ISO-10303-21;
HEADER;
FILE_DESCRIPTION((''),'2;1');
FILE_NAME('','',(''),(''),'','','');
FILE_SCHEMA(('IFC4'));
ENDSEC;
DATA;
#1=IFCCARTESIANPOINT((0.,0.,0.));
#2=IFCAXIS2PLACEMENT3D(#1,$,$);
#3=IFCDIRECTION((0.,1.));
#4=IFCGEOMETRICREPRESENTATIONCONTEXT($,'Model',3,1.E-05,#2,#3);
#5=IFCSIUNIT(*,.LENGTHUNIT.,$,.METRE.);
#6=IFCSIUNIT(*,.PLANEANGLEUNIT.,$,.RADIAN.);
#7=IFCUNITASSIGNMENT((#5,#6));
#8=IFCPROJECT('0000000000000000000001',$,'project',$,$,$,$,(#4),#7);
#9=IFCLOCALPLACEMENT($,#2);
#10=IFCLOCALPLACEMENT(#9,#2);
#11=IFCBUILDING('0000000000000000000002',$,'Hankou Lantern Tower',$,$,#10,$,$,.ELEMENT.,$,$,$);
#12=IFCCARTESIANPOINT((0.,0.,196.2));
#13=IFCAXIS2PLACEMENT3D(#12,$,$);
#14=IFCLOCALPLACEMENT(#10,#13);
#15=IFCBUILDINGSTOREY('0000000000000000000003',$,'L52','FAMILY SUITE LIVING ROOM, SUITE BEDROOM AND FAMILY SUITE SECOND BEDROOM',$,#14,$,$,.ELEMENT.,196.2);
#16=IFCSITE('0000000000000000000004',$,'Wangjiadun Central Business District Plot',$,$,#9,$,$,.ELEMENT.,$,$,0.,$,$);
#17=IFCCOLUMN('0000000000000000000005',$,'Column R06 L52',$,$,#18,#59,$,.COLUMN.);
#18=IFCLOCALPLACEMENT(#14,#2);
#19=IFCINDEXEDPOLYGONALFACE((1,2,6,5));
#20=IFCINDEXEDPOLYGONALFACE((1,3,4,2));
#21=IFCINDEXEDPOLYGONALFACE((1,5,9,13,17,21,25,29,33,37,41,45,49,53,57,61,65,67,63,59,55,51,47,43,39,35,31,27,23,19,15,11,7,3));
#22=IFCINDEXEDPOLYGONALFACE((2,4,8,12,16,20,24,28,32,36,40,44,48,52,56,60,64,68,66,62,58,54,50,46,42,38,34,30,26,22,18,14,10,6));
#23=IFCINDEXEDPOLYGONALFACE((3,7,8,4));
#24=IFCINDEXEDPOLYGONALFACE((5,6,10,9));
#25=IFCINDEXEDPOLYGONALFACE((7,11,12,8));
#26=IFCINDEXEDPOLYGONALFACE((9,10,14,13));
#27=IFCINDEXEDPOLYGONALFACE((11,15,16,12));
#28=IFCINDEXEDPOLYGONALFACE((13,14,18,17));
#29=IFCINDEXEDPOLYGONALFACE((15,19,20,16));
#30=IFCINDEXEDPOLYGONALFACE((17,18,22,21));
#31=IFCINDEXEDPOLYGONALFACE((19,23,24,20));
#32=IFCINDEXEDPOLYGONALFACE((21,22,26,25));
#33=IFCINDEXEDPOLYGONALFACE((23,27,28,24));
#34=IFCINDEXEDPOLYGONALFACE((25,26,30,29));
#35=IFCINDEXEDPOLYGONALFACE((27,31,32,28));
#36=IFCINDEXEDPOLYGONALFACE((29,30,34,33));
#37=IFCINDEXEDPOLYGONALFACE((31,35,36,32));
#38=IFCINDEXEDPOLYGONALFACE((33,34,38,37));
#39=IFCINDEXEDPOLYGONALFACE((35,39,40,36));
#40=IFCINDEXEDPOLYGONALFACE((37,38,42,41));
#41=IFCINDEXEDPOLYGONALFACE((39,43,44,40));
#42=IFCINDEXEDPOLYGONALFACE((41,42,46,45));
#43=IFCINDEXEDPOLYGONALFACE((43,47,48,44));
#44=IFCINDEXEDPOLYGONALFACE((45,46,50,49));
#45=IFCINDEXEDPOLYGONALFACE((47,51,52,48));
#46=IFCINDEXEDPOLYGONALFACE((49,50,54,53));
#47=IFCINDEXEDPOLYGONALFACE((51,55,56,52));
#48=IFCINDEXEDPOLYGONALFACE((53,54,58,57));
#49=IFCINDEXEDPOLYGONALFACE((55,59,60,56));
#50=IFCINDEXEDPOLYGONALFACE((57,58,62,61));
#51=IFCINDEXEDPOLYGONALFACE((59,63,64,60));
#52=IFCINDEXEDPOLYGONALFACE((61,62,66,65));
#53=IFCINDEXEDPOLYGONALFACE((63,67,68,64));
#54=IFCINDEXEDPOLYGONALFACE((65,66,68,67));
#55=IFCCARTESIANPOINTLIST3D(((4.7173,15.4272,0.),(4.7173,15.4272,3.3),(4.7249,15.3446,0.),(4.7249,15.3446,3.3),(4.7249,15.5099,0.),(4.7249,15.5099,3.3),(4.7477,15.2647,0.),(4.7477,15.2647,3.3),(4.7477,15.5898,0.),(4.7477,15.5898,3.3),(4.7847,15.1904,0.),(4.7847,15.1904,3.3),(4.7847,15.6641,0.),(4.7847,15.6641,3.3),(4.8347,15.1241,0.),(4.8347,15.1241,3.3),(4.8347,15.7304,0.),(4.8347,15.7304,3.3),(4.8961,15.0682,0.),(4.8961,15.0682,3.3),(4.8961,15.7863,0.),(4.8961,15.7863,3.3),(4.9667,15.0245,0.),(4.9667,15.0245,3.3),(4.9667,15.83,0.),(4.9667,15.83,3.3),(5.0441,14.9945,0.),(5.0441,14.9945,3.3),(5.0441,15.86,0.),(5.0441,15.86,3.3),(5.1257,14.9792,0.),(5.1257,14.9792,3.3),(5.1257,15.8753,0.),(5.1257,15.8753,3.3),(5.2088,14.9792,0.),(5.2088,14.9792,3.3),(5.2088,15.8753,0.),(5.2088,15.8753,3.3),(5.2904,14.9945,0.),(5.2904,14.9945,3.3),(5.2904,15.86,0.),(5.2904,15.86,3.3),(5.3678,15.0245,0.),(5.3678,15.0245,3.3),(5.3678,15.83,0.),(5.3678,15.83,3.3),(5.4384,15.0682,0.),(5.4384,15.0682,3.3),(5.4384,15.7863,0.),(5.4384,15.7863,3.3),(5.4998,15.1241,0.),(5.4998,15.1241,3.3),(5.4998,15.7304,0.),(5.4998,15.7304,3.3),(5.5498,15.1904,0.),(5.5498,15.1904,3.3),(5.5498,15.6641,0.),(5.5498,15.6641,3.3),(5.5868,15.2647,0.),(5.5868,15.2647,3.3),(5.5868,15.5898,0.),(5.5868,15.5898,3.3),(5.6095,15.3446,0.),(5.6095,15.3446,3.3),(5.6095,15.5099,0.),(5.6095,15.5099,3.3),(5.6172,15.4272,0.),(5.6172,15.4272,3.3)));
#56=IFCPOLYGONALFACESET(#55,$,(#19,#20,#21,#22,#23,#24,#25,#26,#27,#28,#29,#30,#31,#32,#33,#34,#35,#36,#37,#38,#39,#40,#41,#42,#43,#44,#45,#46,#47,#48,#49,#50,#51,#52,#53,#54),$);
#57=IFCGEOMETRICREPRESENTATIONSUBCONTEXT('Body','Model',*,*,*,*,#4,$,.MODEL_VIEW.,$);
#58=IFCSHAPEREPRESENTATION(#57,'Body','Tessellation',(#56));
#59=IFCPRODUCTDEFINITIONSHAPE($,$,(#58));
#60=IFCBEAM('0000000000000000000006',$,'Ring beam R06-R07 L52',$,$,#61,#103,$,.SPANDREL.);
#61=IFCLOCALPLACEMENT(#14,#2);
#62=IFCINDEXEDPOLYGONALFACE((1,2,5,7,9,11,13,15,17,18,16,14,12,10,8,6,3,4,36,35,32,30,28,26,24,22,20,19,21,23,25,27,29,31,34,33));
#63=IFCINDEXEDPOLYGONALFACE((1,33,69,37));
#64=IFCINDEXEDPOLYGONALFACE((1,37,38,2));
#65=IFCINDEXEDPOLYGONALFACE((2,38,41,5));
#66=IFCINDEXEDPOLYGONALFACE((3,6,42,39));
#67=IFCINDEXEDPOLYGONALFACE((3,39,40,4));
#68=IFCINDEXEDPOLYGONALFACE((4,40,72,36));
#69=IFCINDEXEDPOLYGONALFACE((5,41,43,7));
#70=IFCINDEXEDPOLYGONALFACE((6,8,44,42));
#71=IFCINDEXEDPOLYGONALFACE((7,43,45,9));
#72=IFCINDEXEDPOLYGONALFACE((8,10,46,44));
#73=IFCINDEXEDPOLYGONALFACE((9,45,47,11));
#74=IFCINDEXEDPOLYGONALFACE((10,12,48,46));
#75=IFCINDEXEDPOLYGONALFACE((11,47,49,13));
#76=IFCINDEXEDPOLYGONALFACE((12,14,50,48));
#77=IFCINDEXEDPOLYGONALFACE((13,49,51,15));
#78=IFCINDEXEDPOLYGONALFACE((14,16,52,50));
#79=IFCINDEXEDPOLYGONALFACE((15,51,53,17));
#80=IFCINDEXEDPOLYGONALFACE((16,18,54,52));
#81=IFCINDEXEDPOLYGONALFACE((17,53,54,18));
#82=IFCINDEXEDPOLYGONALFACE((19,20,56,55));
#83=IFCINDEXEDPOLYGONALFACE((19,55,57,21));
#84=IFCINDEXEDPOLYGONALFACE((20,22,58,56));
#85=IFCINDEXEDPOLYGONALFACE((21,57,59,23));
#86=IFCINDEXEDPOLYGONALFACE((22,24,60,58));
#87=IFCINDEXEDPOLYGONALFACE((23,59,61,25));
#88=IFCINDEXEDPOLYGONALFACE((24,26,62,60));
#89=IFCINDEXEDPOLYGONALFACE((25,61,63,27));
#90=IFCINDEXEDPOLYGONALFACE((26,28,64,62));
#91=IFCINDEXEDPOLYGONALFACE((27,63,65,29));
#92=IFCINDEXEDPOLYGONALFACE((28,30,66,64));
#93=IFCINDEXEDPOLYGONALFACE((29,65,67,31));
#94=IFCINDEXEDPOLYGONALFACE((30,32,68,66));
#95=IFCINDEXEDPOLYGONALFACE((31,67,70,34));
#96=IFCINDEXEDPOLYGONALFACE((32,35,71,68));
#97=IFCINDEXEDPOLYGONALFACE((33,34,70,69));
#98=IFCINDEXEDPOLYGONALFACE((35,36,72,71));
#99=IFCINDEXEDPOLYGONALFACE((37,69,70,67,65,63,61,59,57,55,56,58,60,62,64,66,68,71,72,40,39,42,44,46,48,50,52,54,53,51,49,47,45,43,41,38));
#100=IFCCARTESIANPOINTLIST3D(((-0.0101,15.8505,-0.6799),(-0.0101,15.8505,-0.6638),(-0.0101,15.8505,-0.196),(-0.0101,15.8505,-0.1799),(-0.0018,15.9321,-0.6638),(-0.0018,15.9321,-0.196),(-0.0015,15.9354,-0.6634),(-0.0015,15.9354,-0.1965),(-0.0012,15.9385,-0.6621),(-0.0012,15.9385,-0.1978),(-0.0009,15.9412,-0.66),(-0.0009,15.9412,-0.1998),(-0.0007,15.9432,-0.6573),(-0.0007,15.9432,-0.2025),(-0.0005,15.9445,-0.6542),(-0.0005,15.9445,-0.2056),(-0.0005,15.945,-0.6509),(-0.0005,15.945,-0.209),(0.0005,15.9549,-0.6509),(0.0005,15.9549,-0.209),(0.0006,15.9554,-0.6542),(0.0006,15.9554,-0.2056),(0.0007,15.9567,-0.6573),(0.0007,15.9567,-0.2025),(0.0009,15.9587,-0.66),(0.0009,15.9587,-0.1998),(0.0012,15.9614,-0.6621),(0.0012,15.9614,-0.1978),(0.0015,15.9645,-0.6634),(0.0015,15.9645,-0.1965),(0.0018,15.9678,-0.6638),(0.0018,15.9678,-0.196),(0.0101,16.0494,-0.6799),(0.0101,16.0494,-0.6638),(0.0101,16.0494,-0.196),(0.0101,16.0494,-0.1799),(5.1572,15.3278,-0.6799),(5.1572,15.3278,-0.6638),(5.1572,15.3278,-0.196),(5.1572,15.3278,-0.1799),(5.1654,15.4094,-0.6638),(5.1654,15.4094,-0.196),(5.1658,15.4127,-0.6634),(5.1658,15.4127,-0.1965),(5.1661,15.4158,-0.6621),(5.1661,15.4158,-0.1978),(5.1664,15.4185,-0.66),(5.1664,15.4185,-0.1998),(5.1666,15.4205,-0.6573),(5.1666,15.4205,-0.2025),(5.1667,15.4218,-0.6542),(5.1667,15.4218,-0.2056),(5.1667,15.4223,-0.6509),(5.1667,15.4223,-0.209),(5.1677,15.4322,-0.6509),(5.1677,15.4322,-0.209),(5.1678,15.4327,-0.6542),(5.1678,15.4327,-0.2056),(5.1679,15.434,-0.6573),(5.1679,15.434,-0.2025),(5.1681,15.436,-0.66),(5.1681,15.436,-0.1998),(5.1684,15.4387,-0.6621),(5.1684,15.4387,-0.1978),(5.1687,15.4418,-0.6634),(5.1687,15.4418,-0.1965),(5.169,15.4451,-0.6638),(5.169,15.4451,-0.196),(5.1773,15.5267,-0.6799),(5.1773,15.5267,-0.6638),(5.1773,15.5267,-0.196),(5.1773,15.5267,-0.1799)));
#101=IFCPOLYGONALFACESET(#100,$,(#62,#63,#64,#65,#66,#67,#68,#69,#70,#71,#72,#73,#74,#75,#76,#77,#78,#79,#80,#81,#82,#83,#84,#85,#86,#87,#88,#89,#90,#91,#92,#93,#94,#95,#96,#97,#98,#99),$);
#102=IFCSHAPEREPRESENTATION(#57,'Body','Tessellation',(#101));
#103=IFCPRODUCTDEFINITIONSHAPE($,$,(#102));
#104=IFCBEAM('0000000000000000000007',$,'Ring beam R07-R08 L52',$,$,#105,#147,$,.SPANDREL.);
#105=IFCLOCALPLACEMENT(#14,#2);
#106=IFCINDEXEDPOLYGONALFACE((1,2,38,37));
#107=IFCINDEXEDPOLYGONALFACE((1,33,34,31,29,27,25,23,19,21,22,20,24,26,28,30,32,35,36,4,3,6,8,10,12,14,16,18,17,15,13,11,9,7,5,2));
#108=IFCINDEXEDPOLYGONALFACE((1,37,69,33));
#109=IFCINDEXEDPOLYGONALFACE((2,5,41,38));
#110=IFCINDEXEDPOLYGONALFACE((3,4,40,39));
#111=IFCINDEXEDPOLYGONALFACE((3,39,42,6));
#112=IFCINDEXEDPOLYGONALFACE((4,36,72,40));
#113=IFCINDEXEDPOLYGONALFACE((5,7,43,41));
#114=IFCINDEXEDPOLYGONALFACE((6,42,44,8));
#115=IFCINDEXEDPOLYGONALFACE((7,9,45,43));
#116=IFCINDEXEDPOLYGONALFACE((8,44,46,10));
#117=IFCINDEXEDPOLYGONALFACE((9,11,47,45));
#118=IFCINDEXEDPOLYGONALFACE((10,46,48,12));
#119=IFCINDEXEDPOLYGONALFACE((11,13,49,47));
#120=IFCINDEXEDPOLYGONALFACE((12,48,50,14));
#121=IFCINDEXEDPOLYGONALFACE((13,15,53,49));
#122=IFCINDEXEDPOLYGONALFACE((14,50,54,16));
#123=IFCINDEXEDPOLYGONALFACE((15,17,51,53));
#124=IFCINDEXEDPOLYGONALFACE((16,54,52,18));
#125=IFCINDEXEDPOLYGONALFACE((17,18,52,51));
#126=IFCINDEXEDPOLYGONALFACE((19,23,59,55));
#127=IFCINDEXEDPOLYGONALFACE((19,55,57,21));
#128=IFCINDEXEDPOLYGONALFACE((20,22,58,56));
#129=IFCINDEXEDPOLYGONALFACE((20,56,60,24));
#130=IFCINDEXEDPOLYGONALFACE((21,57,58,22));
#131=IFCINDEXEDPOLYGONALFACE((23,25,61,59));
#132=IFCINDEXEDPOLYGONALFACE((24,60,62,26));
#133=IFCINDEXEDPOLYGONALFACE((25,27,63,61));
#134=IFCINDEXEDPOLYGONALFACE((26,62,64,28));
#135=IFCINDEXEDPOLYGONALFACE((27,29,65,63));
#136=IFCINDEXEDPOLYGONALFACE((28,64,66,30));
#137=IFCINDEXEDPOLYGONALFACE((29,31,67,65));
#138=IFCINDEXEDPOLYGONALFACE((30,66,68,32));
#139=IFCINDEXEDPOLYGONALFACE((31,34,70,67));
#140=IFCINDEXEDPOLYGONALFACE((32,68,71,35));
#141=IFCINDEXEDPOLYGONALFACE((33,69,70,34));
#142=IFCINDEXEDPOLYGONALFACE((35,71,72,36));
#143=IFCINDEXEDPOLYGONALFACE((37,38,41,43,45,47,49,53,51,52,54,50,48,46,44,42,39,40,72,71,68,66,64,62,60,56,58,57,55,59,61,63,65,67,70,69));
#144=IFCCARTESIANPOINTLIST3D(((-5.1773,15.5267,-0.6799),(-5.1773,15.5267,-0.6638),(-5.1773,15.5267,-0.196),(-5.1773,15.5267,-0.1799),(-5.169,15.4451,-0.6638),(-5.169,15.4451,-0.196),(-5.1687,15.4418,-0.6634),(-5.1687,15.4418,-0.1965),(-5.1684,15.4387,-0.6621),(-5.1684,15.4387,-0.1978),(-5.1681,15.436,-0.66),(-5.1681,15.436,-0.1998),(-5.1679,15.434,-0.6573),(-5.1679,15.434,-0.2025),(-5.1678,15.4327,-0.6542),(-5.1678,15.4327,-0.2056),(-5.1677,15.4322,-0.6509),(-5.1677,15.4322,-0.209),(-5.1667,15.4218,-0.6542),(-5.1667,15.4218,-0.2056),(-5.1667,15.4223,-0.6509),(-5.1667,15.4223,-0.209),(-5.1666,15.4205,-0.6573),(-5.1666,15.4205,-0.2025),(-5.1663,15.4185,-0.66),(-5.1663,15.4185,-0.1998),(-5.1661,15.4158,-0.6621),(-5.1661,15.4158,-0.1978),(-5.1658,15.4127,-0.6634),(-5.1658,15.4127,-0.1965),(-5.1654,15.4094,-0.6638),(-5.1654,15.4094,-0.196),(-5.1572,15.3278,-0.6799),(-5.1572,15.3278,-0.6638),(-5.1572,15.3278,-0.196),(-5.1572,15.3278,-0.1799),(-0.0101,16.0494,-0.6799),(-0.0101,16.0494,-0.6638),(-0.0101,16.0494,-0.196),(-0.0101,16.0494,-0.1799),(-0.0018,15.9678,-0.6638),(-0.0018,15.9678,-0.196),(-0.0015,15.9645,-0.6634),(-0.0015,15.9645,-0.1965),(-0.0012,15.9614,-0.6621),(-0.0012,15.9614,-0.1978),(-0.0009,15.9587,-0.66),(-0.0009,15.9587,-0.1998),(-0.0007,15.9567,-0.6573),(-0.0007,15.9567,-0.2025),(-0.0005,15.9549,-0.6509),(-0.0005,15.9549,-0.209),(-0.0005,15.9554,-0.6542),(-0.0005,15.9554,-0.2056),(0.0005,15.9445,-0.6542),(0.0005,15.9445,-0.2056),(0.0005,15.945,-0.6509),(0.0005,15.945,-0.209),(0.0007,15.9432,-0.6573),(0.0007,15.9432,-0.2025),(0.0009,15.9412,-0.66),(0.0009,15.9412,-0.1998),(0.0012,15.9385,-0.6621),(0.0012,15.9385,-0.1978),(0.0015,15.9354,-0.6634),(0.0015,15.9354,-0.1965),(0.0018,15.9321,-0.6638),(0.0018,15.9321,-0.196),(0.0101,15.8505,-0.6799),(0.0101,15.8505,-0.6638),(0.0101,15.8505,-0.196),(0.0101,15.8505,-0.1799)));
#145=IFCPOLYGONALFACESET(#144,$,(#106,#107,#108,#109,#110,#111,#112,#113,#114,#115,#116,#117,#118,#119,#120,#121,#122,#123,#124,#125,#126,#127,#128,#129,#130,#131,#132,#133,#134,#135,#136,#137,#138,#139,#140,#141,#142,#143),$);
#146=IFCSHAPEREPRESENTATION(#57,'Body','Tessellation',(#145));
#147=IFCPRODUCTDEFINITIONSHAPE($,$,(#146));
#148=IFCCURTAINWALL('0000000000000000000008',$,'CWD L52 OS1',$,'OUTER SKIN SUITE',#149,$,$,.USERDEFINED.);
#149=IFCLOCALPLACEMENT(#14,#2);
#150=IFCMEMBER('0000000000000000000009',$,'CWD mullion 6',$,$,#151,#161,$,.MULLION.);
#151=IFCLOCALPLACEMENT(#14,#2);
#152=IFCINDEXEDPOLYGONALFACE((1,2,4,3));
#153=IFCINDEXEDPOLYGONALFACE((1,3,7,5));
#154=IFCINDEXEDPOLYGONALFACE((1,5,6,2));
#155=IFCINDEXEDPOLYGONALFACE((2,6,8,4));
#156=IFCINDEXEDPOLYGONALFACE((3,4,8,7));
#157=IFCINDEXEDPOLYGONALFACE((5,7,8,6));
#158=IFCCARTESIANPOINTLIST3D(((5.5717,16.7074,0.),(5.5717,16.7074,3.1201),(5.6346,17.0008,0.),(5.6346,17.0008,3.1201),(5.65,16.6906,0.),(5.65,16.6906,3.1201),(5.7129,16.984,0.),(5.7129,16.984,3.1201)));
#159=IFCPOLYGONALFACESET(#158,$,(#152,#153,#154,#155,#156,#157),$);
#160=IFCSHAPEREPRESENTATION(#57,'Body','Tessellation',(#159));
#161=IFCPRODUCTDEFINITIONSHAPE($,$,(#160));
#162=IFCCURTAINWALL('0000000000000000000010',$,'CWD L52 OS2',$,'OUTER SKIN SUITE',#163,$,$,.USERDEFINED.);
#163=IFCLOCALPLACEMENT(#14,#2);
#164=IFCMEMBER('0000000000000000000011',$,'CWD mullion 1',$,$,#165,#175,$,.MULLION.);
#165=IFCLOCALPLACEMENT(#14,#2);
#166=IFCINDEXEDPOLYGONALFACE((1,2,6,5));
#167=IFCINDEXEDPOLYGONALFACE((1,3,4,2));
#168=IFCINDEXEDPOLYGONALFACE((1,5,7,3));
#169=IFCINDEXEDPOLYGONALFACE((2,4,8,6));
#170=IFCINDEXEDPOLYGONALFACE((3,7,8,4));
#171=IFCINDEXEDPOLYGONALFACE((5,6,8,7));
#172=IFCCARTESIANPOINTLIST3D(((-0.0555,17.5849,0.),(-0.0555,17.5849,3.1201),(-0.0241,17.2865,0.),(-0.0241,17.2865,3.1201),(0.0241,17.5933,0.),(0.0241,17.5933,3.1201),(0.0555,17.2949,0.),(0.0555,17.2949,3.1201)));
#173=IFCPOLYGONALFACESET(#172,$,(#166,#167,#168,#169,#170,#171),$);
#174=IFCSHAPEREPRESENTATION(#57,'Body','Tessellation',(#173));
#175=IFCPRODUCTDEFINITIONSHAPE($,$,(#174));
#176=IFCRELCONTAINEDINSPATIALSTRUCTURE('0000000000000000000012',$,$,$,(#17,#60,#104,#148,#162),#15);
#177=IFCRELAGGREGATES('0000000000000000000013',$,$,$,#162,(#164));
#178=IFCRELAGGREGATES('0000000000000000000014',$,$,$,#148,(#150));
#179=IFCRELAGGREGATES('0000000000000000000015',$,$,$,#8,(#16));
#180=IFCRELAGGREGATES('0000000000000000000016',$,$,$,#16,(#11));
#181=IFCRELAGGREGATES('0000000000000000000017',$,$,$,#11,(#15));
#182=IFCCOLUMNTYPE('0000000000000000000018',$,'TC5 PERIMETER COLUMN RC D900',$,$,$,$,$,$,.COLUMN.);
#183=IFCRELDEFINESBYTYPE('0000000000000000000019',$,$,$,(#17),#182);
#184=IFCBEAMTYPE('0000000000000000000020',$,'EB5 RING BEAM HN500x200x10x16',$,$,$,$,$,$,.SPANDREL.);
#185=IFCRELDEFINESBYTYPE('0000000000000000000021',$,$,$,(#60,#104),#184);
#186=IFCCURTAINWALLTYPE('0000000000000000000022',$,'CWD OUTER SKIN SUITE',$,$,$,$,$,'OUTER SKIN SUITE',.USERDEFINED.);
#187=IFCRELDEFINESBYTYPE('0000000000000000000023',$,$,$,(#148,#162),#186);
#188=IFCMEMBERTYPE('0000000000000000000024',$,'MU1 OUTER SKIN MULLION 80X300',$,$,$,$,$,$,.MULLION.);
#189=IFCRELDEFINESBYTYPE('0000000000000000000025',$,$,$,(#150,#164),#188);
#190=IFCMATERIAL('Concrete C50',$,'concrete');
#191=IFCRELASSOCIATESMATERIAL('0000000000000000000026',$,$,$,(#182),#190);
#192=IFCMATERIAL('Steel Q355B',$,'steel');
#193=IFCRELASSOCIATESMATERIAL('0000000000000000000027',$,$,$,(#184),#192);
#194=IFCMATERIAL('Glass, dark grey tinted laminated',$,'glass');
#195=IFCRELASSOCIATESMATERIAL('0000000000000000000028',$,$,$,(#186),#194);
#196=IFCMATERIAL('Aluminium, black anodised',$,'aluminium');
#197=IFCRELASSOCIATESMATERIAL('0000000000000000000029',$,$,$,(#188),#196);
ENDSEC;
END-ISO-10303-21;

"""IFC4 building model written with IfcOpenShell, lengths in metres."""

from ifc_helpers import new_model, si_unit, direction, frame, origin, origin_2d, place, context, subcontext, project, spatial, rectangle, circle, i_section, extrude, material, material_profile, profile_set, type_object, element, aggregate, save


model = new_model("IFC4")

# Units and contexts
model_context = context("Model", 3, precision=1e-05, world=origin(), true_north=direction((0.0, 1.0)))
body_context = subcontext(model_context, "Body", "Model", "MODEL_VIEW")
ifc_project = project(units=[si_unit("LENGTHUNIT", "METRE"), si_unit("PLANEANGLEUNIT", "RADIAN")], contexts=[model_context])

# Site, building, storey
site_placement = place(None, origin())
site = spatial("IfcSite", under=ifc_project, at=site_placement, Name="Wangjiadun Central Business District Plot", CompositionType="ELEMENT", RefElevation=0.0)
building_placement = place(site_placement, origin())
building = spatial("IfcBuilding", under=site, at=building_placement, Name="Hankou Lantern Tower", CompositionType="ELEMENT")
storey_placement = place(building_placement, frame((0.0, 0.0, 196.2)))
storey = spatial("IfcBuildingStorey", under=building, at=storey_placement, Name="L52", Description="FAMILY SUITE LIVING ROOM, SUITE BEDROOM AND FAMILY SUITE SECOND BEDROOM", CompositionType="ELEMENT", Elevation=196.2)

# Column
ifc_material_1 = material(Name="Concrete C50", Category="concrete")
ifc_material_profile_1 = material_profile(ifc_material_1, circle(Radius=0.45, at=origin_2d()), Name="RC D900")
ifc_profile_set_1 = profile_set([ifc_material_profile_1], Name="Concrete C50")
column_type = type_object("IfcColumnType", Name="TC5 PERIMETER COLUMN RC D900", PredefinedType="COLUMN", material=ifc_profile_set_1)
column_placement = place(storey_placement, frame((5.1672, 15.4272, 0.0), z_axis=(0.0, 0.0, 1.0), x_axis=(1.0, 0.0, 0.0)))
element("IfcColumn", 1, at=column_placement, inside=storey, type_object=column_type, Name="Column R06 L52", PredefinedType="COLUMN", context=body_context, shape_type="SweptSolid", body=[
    extrude(circle(Radius=0.45, at=origin_2d()), origin(), (0.0, 0.0, 1.0), 3.3),
])

# Beams
ifc_material_2 = material(Name="Steel Q355B", Category="steel")
ifc_material_profile_2 = material_profile(ifc_material_2, i_section(OverallWidth=0.2, OverallDepth=0.5, WebThickness=0.01, FlangeThickness=0.0161, FilletRadius=0.0129, at=origin_2d()), Name="HN500x200x10x16")
ifc_profile_set_2 = profile_set([ifc_material_profile_2], Name="Steel Q355B")
beam_type_1 = type_object("IfcBeamType", Name="EB5 RING BEAM HN500x200x10x16", PredefinedType="SPANDREL", material=ifc_profile_set_2)
for number, where, z_axis, x_axis, name in (
    (2, (5.1672, 15.4272, -0.4299), (-0.994923, 0.100644, 0.0), (-0.100644, -0.994923, 0.0), "Ring beam R06-R07 L52"),
    (3, (0.0, 15.95, -0.4299), (-0.994923, -0.100644, 0.0), (0.100644, -0.994923, 0.0), "Ring beam R07-R08 L52"),
):
    element("IfcBeam", number, at=place(storey_placement, frame(where, z_axis=z_axis, x_axis=x_axis)), inside=storey, type_object=beam_type_1, Name=name, PredefinedType="SPANDREL", context=body_context, shape_type="SweptSolid", body=[
        extrude(i_section(OverallWidth=0.2, OverallDepth=0.5, WebThickness=0.01, FlangeThickness=0.0161, FilletRadius=0.0129, at=origin_2d()), origin(), (0.0, 0.0, 1.0), 5.1936),
    ])

# Curtain walls, members
ifc_material_3 = material(Name="Glass, dark grey tinted laminated", Category="glass")
curtain_wall_type = type_object("IfcCurtainWallType", Name="CWD OUTER SKIN SUITE", ElementType="OUTER SKIN SUITE", PredefinedType="USERDEFINED", material=ifc_material_3)
curtain_wall_1_placement = place(storey_placement, origin())
curtain_wall_1 = element("IfcCurtainWall", 4, at=curtain_wall_1_placement, inside=storey, type_object=curtain_wall_type, Name="CWD L52 OS1", ObjectType="OUTER SKIN SUITE", PredefinedType="USERDEFINED")
ifc_material_4 = material(Name="Aluminium, black anodised", Category="aluminium")
ifc_material_profile_3 = material_profile(ifc_material_4, rectangle(XDim=0.0801, YDim=0.3, at=origin_2d()), Name="MU1 80X300")
ifc_profile_set_3 = profile_set([ifc_material_profile_3], Name="Aluminium, black anodised")
member_type_1 = type_object("IfcMemberType", Name="MU1 OUTER SKIN MULLION 80X300", PredefinedType="MULLION", material=ifc_profile_set_3)
member_1_placement = place(storey_placement, frame((5.6423, 16.8457, 0.0), z_axis=(0.0, 0.0, 1.0), x_axis=(-0.977788, 0.209598, 0.0)))
member_1 = element("IfcMember", 5, at=member_1_placement, type_object=member_type_1, Name="CWD mullion 6", PredefinedType="MULLION", context=body_context, shape_type="SweptSolid", body=[
    extrude(rectangle(XDim=0.0801, YDim=0.3, at=origin_2d()), origin(), (0.0, 0.0, 1.0), 3.1201),
])
curtain_wall_2_placement = place(storey_placement, origin())
curtain_wall_2 = element("IfcCurtainWall", 6, at=curtain_wall_2_placement, inside=storey, type_object=curtain_wall_type, Name="CWD L52 OS2", ObjectType="OUTER SKIN SUITE", PredefinedType="USERDEFINED")
member_2_placement = place(storey_placement, frame((0.0, 17.4399, 0.0), z_axis=(0.0, 0.0, 1.0), x_axis=(-0.994499, -0.104743, 0.0)))
member_2 = element("IfcMember", 7, at=member_2_placement, type_object=member_type_1, Name="CWD mullion 1", PredefinedType="MULLION", context=body_context, shape_type="SweptSolid", body=[
    extrude(rectangle(XDim=0.0801, YDim=0.3, at=origin_2d()), origin(), (0.0, 0.0, 1.0), 3.1201),
])
aggregate(curtain_wall_2, [member_2])

aggregate(curtain_wall_1, [member_1])

save(model, "model.ifc")
